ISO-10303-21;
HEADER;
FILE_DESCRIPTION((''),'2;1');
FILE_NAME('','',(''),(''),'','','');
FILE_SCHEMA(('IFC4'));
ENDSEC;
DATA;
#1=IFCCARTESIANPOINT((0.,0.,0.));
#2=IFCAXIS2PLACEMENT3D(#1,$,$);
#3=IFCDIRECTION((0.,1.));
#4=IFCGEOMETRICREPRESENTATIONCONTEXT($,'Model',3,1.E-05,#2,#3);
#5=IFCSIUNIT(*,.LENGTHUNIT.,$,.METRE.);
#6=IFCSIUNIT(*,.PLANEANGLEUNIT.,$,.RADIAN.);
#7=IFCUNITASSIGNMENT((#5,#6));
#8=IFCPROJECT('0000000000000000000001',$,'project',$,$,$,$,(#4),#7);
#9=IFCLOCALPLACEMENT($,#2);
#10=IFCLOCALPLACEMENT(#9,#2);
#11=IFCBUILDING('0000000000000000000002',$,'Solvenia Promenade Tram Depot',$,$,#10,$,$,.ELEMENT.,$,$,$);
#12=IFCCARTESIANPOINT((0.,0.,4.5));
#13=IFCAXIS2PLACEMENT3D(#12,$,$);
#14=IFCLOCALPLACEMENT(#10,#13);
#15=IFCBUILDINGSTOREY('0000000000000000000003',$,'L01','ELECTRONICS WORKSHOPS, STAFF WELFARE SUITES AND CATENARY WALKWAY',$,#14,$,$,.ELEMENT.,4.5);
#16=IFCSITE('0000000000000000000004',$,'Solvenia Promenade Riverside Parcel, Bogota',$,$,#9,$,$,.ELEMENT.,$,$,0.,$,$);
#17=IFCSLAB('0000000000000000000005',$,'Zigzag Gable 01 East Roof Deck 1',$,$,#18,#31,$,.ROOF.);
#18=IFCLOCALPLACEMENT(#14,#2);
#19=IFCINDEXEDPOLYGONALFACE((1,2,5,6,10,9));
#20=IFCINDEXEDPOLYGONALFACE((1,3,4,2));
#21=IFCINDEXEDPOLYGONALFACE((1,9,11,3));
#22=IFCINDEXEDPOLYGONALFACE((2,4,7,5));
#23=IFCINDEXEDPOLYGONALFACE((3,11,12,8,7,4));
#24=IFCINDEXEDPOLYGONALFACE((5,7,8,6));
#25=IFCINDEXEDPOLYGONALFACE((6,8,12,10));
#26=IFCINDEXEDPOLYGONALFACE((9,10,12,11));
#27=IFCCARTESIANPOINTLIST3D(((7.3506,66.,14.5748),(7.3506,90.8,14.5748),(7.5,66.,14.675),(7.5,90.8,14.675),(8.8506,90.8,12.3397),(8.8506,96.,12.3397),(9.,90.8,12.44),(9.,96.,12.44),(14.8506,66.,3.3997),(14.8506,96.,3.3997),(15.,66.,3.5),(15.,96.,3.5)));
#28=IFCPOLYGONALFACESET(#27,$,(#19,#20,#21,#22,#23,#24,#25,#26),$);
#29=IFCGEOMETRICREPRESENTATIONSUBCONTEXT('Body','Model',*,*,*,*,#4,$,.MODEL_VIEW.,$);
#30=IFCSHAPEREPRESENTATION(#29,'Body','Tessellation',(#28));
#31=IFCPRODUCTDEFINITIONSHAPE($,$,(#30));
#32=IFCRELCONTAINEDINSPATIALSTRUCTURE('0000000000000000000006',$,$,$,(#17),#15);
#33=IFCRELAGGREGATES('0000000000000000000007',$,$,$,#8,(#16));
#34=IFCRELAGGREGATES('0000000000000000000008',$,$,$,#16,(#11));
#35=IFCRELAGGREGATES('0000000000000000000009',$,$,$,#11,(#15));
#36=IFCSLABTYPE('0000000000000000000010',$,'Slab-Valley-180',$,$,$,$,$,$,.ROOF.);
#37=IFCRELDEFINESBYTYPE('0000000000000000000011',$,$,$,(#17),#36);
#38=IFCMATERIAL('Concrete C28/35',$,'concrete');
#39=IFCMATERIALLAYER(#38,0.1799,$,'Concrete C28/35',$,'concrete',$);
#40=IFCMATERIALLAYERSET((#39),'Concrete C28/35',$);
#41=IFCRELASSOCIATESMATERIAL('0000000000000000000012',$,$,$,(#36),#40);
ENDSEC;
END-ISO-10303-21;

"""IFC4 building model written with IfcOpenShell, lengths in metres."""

from ifc_helpers import new_model, si_unit, direction, frame, origin, place, context, subcontext, project, spatial, polyline, outline, extrude, material, layer, layer_set, type_object, element, save


model = new_model("IFC4")

# Units and contexts
model_context = context("Model", 3, precision=1e-05, world=origin(), true_north=direction((0.0, 1.0)))
body_context = subcontext(model_context, "Body", "Model", "MODEL_VIEW")
ifc_project = project(units=[si_unit("LENGTHUNIT", "METRE"), si_unit("PLANEANGLEUNIT", "RADIAN")], contexts=[model_context])

# Site, building, storey
site_placement = place(None, origin())
site = spatial("IfcSite", under=ifc_project, at=site_placement, Name="Solvenia Promenade Riverside Parcel, Bogota", CompositionType="ELEMENT", RefElevation=0.0)
building_placement = place(site_placement, origin())
building = spatial("IfcBuilding", under=site, at=building_placement, Name="Solvenia Promenade Tram Depot", CompositionType="ELEMENT")
storey_placement = place(building_placement, frame((0.0, 0.0, 4.5)))
storey = spatial("IfcBuildingStorey", under=building, at=storey_placement, Name="L01", Description="ELECTRONICS WORKSHOPS, STAFF WELFARE SUITES AND CATENARY WALKWAY", CompositionType="ELEMENT", Elevation=4.5)

# Slab
ifc_material_1 = material(Name="Concrete C28/35", Category="concrete")
ifc_layer_1 = layer(ifc_material_1, 0.1799, Name="Concrete C28/35", Category="concrete")
ifc_layer_set_1 = layer_set([ifc_layer_1], Name="Concrete C28/35")
slab_type = type_object("IfcSlabType", Name="Slab-Valley-180", PredefinedType="ROOF", material=ifc_layer_set_1)
slab_placement = place(storey_placement, frame((7.5, 66.0, 14.675), z_axis=(0.830332, 0.000001, 0.557268), x_axis=(-0.000001, 1.0, -0.000001)))
element("IfcSlab", 1, at=slab_placement, inside=storey, type_object=slab_type, Name="Zigzag Gable 01 East Roof Deck 1", PredefinedType="ROOF", context=body_context, shape_type="SweptSolid", body=[
    extrude(outline(polyline([(0.0, 0.0), (24.8, 0.0), (24.8, -2.6918), (30.0, -2.6918), (30.0, -13.4585), (0.0, -13.4585), (0.0, 0.0)])), origin(), (0.0, 0.0, -1.0), 0.1799),
])

save(model, "model.ifc")
